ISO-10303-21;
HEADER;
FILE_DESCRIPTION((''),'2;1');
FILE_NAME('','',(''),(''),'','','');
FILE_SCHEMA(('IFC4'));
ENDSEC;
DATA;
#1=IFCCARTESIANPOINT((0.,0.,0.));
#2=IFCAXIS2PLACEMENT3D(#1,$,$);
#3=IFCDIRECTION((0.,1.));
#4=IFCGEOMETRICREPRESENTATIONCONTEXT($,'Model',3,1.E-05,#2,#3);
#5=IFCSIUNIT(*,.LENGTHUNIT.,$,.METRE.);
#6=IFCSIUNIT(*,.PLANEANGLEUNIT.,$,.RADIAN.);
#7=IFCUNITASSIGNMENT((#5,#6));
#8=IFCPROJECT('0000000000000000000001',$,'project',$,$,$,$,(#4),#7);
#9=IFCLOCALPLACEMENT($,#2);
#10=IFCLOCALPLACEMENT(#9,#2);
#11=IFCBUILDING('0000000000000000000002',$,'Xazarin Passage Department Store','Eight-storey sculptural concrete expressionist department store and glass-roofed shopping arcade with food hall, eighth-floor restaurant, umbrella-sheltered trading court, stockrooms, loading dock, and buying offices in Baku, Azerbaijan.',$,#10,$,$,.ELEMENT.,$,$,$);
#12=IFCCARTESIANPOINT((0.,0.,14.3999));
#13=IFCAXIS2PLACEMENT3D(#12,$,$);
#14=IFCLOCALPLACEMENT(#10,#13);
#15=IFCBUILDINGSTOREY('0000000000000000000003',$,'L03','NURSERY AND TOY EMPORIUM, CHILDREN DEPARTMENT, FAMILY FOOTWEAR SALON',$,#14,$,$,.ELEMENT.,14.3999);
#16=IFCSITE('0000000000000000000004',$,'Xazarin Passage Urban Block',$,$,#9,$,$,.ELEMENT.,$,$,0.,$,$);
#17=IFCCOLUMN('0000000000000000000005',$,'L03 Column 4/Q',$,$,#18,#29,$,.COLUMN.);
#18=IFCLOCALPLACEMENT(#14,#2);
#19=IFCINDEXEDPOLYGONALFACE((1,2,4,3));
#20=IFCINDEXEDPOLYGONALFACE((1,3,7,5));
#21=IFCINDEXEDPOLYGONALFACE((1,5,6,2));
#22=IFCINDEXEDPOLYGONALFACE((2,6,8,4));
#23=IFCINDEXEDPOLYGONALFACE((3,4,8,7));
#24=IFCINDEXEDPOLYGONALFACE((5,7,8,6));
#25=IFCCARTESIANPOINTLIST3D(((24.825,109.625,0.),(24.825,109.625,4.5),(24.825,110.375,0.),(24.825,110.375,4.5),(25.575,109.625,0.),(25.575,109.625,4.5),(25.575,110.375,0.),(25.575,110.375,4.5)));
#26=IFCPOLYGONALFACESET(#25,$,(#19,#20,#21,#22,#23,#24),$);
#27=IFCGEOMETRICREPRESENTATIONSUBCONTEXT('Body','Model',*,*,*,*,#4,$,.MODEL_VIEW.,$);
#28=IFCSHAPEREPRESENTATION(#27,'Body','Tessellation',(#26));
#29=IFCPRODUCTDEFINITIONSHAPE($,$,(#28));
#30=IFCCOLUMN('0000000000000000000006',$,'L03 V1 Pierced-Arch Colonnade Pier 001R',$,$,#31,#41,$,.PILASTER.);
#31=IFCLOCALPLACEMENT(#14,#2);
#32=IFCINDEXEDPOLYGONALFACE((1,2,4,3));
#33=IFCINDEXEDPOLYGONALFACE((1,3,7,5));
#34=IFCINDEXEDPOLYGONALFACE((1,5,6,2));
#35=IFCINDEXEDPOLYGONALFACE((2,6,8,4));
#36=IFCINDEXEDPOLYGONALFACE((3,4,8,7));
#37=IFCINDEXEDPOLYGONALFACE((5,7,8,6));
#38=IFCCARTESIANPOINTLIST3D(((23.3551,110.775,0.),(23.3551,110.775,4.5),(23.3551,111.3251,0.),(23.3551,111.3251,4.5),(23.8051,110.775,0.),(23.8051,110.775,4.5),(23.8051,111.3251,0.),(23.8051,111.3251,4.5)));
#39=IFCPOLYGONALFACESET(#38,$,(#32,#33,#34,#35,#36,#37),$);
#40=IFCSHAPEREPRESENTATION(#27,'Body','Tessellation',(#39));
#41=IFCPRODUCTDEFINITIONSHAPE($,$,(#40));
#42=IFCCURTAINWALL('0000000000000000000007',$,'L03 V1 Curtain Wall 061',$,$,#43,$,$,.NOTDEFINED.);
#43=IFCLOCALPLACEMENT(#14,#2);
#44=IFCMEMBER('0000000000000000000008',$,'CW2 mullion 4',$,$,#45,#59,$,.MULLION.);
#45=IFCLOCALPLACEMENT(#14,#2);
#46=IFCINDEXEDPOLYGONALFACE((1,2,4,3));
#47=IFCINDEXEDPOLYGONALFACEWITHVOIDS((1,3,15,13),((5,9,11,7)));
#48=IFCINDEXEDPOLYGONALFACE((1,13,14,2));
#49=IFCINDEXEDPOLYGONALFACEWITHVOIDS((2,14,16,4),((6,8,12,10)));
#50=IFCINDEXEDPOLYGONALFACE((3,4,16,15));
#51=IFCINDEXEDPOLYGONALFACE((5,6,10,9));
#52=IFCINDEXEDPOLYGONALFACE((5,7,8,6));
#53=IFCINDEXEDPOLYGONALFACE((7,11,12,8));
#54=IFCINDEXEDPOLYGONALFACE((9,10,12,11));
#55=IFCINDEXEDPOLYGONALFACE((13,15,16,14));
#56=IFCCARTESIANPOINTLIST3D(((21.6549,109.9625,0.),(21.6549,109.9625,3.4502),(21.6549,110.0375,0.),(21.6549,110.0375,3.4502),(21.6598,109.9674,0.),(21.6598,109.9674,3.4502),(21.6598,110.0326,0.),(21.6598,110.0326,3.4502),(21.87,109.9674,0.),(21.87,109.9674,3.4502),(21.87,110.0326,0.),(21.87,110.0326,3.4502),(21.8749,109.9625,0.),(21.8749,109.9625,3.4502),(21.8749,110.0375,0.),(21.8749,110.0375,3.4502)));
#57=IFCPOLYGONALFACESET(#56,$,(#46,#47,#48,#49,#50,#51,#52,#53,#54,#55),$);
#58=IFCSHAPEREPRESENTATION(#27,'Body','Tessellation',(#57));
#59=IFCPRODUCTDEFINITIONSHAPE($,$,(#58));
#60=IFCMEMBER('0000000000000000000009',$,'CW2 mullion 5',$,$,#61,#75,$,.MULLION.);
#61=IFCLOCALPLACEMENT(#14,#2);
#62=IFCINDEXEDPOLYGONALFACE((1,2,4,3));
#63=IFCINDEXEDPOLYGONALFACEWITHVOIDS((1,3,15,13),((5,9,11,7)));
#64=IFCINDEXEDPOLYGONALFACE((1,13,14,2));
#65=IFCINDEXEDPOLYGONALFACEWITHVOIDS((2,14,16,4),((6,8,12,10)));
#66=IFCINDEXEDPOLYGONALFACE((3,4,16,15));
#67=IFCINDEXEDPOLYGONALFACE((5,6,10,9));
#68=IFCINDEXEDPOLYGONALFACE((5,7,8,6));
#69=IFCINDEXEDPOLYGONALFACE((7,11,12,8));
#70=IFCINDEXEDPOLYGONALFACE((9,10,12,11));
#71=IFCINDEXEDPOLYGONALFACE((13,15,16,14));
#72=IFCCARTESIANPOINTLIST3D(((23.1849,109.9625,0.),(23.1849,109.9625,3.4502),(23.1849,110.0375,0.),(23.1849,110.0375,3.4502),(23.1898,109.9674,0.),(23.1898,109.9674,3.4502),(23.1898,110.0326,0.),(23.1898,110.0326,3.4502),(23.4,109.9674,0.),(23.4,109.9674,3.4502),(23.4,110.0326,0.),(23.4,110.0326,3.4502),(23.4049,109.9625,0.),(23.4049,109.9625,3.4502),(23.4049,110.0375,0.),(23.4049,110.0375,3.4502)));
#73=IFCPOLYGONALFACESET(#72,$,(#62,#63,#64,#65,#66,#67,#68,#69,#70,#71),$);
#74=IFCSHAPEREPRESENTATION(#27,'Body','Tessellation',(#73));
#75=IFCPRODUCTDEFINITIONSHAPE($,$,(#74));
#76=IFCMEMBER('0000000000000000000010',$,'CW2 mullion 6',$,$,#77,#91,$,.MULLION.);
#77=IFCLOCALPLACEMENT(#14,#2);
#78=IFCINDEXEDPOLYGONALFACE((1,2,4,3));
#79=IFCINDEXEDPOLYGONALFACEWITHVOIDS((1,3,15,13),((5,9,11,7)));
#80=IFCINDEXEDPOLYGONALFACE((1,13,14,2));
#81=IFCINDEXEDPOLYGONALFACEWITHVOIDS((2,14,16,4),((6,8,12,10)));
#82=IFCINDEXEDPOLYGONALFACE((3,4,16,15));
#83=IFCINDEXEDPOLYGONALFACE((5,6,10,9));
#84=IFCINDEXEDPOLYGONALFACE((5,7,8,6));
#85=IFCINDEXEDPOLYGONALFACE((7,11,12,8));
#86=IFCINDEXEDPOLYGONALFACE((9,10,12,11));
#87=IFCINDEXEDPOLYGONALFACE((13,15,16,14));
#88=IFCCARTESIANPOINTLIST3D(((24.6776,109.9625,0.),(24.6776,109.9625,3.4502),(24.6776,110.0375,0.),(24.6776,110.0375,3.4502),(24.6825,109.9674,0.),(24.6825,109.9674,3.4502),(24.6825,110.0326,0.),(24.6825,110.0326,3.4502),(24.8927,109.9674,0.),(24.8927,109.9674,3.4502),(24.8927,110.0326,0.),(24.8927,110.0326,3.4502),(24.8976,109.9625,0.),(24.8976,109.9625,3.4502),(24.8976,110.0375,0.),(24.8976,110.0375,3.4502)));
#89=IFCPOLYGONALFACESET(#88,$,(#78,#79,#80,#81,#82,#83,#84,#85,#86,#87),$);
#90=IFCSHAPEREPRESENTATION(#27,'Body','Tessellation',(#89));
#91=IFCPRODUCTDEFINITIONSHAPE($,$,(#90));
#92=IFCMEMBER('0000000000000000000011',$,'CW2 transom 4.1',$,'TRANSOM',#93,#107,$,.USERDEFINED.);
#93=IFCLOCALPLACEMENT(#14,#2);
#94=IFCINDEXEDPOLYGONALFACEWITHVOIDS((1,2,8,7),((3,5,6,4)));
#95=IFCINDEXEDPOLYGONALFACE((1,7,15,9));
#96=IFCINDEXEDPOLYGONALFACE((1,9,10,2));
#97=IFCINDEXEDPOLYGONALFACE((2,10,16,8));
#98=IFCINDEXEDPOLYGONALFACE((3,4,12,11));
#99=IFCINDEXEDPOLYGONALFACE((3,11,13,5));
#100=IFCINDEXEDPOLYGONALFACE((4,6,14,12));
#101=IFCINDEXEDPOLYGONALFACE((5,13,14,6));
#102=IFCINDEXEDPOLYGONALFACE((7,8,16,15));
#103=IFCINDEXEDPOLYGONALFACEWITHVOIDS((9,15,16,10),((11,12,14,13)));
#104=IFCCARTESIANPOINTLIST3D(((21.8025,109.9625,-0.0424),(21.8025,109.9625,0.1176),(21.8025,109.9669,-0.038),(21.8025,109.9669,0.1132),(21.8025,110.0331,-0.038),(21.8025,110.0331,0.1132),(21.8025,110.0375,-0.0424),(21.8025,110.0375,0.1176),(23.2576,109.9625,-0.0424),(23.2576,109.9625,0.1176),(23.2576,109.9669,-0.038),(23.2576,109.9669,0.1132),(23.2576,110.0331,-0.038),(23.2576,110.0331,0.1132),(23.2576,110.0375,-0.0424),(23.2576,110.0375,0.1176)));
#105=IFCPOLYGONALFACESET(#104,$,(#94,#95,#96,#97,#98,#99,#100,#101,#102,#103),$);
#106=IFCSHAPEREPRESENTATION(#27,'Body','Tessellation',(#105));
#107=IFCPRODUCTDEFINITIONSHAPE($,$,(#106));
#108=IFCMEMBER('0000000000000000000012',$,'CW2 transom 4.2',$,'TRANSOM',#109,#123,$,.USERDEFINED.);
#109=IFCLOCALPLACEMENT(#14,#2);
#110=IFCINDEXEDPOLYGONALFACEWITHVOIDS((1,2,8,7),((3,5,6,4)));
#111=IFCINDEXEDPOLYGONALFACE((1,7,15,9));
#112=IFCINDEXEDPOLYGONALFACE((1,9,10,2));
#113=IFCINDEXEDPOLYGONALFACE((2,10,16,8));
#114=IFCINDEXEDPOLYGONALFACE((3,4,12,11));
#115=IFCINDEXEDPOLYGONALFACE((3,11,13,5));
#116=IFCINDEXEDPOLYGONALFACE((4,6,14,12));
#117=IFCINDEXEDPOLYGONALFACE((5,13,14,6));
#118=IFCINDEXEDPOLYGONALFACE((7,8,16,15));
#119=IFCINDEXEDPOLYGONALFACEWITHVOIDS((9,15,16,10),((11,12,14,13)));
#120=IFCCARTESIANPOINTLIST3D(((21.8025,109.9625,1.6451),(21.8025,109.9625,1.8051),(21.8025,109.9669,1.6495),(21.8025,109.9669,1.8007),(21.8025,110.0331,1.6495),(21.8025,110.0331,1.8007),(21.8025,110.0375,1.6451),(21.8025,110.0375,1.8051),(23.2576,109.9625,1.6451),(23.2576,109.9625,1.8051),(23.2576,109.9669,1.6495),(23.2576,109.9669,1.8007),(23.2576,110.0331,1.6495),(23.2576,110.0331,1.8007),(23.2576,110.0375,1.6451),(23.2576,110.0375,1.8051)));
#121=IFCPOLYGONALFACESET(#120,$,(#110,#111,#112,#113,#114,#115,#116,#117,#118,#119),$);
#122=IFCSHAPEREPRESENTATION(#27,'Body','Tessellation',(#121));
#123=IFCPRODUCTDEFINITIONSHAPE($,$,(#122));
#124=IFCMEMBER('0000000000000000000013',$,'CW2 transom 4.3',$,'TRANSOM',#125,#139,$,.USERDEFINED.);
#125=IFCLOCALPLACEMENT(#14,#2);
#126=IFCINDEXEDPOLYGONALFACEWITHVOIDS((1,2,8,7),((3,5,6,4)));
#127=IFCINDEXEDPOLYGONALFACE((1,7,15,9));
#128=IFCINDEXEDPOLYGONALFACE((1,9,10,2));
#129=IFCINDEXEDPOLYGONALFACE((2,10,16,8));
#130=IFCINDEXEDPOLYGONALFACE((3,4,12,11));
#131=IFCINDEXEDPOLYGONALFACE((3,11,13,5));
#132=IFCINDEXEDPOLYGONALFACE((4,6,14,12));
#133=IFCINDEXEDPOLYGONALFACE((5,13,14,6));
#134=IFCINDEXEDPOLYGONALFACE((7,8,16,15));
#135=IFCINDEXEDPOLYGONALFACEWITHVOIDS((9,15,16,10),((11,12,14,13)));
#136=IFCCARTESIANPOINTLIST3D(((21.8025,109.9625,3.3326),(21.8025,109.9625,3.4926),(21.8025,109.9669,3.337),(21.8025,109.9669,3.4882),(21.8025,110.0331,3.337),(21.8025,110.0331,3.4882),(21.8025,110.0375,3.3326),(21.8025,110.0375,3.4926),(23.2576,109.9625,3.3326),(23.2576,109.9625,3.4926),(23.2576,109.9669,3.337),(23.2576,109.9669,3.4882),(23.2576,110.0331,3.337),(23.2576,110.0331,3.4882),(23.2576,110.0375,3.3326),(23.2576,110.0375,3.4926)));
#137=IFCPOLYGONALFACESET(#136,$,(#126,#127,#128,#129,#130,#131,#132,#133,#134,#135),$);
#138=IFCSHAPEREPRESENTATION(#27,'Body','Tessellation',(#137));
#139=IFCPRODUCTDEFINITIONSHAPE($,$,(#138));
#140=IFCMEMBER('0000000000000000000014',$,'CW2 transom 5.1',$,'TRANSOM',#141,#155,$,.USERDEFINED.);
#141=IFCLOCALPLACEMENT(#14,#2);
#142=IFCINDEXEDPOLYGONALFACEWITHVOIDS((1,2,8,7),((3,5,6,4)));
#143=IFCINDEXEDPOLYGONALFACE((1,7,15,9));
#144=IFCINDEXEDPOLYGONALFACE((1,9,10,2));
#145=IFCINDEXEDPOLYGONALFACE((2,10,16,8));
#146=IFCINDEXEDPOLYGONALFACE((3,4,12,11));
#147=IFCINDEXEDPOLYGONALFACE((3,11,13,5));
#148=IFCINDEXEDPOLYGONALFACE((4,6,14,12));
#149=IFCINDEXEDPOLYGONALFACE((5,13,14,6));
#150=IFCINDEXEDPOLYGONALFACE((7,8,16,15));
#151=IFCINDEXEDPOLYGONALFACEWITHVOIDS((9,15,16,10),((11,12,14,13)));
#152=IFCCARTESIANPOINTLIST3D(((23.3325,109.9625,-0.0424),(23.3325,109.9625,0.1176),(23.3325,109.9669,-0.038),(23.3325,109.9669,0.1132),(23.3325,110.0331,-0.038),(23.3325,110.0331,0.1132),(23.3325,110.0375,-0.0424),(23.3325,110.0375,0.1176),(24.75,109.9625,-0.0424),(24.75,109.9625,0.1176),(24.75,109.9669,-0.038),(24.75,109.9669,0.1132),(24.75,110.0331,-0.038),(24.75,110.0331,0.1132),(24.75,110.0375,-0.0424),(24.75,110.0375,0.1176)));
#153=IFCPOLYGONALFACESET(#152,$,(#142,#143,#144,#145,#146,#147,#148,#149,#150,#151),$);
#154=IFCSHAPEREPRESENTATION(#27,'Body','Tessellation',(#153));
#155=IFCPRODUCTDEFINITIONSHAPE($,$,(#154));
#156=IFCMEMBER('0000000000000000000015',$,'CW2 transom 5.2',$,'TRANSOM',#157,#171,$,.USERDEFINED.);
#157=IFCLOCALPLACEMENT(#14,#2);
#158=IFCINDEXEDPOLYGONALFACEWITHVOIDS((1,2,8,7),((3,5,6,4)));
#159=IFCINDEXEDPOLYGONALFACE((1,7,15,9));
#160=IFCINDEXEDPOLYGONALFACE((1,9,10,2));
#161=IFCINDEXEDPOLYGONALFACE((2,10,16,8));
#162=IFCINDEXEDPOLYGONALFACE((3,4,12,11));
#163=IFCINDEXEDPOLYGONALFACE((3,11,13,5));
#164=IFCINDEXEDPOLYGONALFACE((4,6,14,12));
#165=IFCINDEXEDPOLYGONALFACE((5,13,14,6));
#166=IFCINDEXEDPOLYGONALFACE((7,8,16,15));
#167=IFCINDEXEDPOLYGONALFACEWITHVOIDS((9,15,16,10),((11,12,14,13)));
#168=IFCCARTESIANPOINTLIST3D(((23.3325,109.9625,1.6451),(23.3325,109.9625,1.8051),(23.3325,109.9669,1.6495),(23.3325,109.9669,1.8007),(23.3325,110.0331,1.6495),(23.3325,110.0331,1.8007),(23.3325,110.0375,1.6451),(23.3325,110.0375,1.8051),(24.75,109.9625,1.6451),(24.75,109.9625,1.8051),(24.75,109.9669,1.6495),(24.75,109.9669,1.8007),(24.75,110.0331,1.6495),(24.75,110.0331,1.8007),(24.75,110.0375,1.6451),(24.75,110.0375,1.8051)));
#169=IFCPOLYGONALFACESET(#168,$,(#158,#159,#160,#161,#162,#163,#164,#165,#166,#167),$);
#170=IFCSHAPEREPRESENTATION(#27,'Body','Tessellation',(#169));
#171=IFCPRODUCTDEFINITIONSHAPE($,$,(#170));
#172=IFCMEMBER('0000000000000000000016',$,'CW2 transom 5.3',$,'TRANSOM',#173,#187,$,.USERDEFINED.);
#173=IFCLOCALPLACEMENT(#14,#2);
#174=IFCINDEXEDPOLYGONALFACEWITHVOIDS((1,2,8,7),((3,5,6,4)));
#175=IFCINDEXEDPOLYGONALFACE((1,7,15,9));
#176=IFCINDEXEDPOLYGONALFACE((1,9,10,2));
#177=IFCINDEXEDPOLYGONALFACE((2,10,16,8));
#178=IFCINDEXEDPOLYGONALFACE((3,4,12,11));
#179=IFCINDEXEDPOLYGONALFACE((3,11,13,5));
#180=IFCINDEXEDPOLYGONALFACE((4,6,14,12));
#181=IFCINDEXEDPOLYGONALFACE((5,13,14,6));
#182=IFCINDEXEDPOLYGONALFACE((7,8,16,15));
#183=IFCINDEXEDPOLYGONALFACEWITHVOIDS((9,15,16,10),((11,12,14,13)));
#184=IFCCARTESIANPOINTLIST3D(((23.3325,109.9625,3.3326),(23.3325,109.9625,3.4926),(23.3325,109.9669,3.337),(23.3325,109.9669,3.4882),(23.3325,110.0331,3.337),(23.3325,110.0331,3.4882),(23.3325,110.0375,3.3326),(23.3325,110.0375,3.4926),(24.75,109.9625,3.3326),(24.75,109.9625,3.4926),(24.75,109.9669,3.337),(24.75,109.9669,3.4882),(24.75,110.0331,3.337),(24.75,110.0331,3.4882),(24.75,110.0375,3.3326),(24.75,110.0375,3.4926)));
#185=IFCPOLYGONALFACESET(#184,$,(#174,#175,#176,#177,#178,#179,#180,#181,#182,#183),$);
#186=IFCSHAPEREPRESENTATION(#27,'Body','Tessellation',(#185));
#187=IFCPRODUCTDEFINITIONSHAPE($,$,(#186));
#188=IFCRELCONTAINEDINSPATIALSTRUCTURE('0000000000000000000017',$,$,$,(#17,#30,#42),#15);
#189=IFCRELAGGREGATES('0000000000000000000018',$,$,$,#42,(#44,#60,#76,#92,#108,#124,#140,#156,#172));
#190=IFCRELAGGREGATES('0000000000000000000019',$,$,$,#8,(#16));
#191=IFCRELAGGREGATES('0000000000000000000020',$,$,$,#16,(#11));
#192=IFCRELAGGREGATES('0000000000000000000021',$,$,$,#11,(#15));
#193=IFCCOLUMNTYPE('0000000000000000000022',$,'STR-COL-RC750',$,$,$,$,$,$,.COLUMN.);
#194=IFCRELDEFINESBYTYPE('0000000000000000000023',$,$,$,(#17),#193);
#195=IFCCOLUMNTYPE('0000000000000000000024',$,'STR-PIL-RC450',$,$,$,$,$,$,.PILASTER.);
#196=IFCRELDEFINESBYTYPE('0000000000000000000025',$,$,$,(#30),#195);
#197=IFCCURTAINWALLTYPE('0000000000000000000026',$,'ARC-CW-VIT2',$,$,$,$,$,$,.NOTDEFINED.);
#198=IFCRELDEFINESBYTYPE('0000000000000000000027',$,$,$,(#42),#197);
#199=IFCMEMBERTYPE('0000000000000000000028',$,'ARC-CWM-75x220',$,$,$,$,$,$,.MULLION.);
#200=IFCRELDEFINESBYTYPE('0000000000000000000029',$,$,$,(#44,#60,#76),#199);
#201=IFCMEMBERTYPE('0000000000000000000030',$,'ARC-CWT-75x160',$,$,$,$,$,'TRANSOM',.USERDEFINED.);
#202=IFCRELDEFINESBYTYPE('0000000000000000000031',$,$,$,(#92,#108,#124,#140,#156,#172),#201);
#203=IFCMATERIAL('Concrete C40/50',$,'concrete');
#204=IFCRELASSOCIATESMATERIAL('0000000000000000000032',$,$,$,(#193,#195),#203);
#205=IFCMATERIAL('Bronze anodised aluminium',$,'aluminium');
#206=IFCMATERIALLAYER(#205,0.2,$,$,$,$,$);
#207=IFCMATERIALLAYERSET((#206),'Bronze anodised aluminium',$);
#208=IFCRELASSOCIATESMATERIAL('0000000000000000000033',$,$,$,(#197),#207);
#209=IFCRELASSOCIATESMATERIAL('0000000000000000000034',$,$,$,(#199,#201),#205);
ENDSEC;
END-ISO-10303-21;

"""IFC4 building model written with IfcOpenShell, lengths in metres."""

from ifc_helpers import new_model, si_unit, direction, frame, origin, origin_2d, place, context, subcontext, project, spatial, rectangle, hollow_rectangle, extrude, material, layer, layer_set, material_profile, profile_set, type_object, element, aggregate, save


model = new_model("IFC4")

# Units and contexts
model_context = context("Model", 3, precision=1e-05, world=origin(), true_north=direction((0.0, 1.0)))
body_context = subcontext(model_context, "Body", "Model", "MODEL_VIEW")
ifc_project = project(units=[si_unit("LENGTHUNIT", "METRE"), si_unit("PLANEANGLEUNIT", "RADIAN")], contexts=[model_context])

# Site, building, storey
site_placement = place(None, origin())
site = spatial("IfcSite", under=ifc_project, at=site_placement, Name="Xazarin Passage Urban Block", CompositionType="ELEMENT", RefElevation=0.0)
building_placement = place(site_placement, origin())
building = spatial("IfcBuilding", under=site, at=building_placement, Name="Xazarin Passage Department Store", Description="Eight-storey sculptural concrete expressionist department store and glass-roofed shopping arcade with food hall, eighth-floor restaurant, umbrella-sheltered trading court, stockrooms, loading dock, and buying offices in Baku, Azerbaijan.", CompositionType="ELEMENT")
storey_placement = place(building_placement, frame((0.0, 0.0, 14.3999)))
storey = spatial("IfcBuildingStorey", under=building, at=storey_placement, Name="L03", Description="NURSERY AND TOY EMPORIUM, CHILDREN DEPARTMENT, FAMILY FOOTWEAR SALON", CompositionType="ELEMENT", Elevation=14.3999)

# Columns
ifc_material_1 = material(Name="Concrete C40/50", Category="concrete")
ifc_material_profile_1 = material_profile(ifc_material_1, rectangle(XDim=0.75, YDim=0.75, at=origin_2d()), Name="RC 750x750")
ifc_profile_set_1 = profile_set([ifc_material_profile_1], Name="Concrete C40/50")
column_type_1 = type_object("IfcColumnType", Name="STR-COL-RC750", PredefinedType="COLUMN", material=ifc_profile_set_1)
column_1_placement = place(storey_placement, frame((25.2, 110.0, 0.0), z_axis=(0.0, 0.0, 1.0), x_axis=(1.0, 0.0, 0.0)))
element("IfcColumn", 1, at=column_1_placement, inside=storey, type_object=column_type_1, Name="L03 Column 4/Q", PredefinedType="COLUMN", context=body_context, shape_type="SweptSolid", body=[
    extrude(rectangle(XDim=0.75, YDim=0.75, at=origin_2d()), origin(), (0.0, 0.0, 1.0), 4.5),
])
ifc_material_profile_2 = material_profile(ifc_material_1, rectangle(XDim=0.45, YDim=0.55, at=origin_2d()), Name="RC 450x550")
ifc_profile_set_2 = profile_set([ifc_material_profile_2], Name="Concrete C40/50")
column_type_2 = type_object("IfcColumnType", Name="STR-PIL-RC450", PredefinedType="PILASTER", material=ifc_profile_set_2)
column_2_placement = place(storey_placement, frame((23.5801, 111.05, 0.0), z_axis=(0.0, 0.0, 1.0), x_axis=(1.0, 0.0, 0.0)))
element("IfcColumn", 2, at=column_2_placement, inside=storey, type_object=column_type_2, Name="L03 V1 Pierced-Arch Colonnade Pier 001R", PredefinedType="PILASTER", context=body_context, shape_type="SweptSolid", body=[
    extrude(rectangle(XDim=0.45, YDim=0.55, at=origin_2d()), origin(), (0.0, 0.0, 1.0), 4.5),
])

# Curtain wall, members
ifc_material_2 = material(Name="Bronze anodised aluminium", Category="aluminium")
ifc_layer_1 = layer(ifc_material_2, 0.2)
ifc_layer_set_1 = layer_set([ifc_layer_1], Name="Bronze anodised aluminium")
curtain_wall_type = type_object("IfcCurtainWallType", Name="ARC-CW-VIT2", PredefinedType="NOTDEFINED", material=ifc_layer_set_1)
curtain_wall_placement = place(storey_placement, origin())
curtain_wall = element("IfcCurtainWall", 3, at=curtain_wall_placement, inside=storey, type_object=curtain_wall_type, Name="L03 V1 Curtain Wall 061", PredefinedType="NOTDEFINED")
ifc_material_profile_3 = material_profile(ifc_material_2, hollow_rectangle(XDim=0.075, YDim=0.22, WallThickness=0.0049, at=origin_2d()), Name="ALU 75x220")
ifc_profile_set_3 = profile_set([ifc_material_profile_3], Name="Bronze anodised aluminium")
member_type_1 = type_object("IfcMemberType", Name="ARC-CWM-75x220", PredefinedType="MULLION", material=ifc_profile_set_3)
member_1_placement = place(storey_placement, frame((21.7649, 110.0, 0.0), z_axis=(0.0, 0.0, 1.0), x_axis=(0.0, 1.0, 0.0)))
member_1 = element("IfcMember", 4, at=member_1_placement, type_object=member_type_1, Name="CW2 mullion 4", PredefinedType="MULLION", context=body_context, shape_type="SweptSolid", body=[
    extrude(hollow_rectangle(XDim=0.075, YDim=0.22, WallThickness=0.0049, at=origin_2d()), origin(), (0.0, 0.0, 1.0), 3.4502),
])
member_2_placement = place(storey_placement, frame((23.2949, 110.0, 0.0), z_axis=(0.0, 0.0, 1.0), x_axis=(0.0, 1.0, 0.0)))
member_2 = element("IfcMember", 5, at=member_2_placement, type_object=member_type_1, Name="CW2 mullion 5", PredefinedType="MULLION", context=body_context, shape_type="SweptSolid", body=[
    extrude(hollow_rectangle(XDim=0.075, YDim=0.22, WallThickness=0.0049, at=origin_2d()), origin(), (0.0, 0.0, 1.0), 3.4502),
])
member_3_placement = place(storey_placement, frame((24.7876, 110.0, 0.0), z_axis=(0.0, 0.0, 1.0), x_axis=(0.0, 1.0, 0.0)))
member_3 = element("IfcMember", 6, at=member_3_placement, type_object=member_type_1, Name="CW2 mullion 6", PredefinedType="MULLION", context=body_context, shape_type="SweptSolid", body=[
    extrude(hollow_rectangle(XDim=0.075, YDim=0.22, WallThickness=0.0049, at=origin_2d()), origin(), (0.0, 0.0, 1.0), 3.4502),
])
ifc_material_profile_4 = material_profile(ifc_material_2, hollow_rectangle(XDim=0.075, YDim=0.1599, WallThickness=0.0044, at=origin_2d()), Name="ALU 75x160")
ifc_profile_set_4 = profile_set([ifc_material_profile_4], Name="Bronze anodised aluminium")
member_type_2 = type_object("IfcMemberType", Name="ARC-CWT-75x160", ElementType="TRANSOM", PredefinedType="USERDEFINED", material=ifc_profile_set_4)
member_4_placement = place(storey_placement, frame((21.8025, 110.0, 0.0376), z_axis=(1.0, 0.0, 0.0), x_axis=(0.0, 1.0, 0.0)))
member_4 = element("IfcMember", 7, at=member_4_placement, type_object=member_type_2, Name="CW2 transom 4.1", ObjectType="TRANSOM", PredefinedType="USERDEFINED", context=body_context, shape_type="SweptSolid", body=[
    extrude(hollow_rectangle(XDim=0.075, YDim=0.1599, WallThickness=0.0044, at=origin_2d()), origin(), (0.0, 0.0, 1.0), 1.4551),
])
member_5_placement = place(storey_placement, frame((21.8025, 110.0, 1.7251), z_axis=(1.0, 0.0, 0.0), x_axis=(0.0, 1.0, 0.0)))
member_5 = element("IfcMember", 8, at=member_5_placement, type_object=member_type_2, Name="CW2 transom 4.2", ObjectType="TRANSOM", PredefinedType="USERDEFINED", context=body_context, shape_type="SweptSolid", body=[
    extrude(hollow_rectangle(XDim=0.075, YDim=0.1599, WallThickness=0.0044, at=origin_2d()), origin(), (0.0, 0.0, 1.0), 1.4551),
])
member_6_placement = place(storey_placement, frame((21.8025, 110.0, 3.4126), z_axis=(1.0, 0.0, 0.0), x_axis=(0.0, 1.0, 0.0)))
member_6 = element("IfcMember", 9, at=member_6_placement, type_object=member_type_2, Name="CW2 transom 4.3", ObjectType="TRANSOM", PredefinedType="USERDEFINED", context=body_context, shape_type="SweptSolid", body=[
    extrude(hollow_rectangle(XDim=0.075, YDim=0.1599, WallThickness=0.0044, at=origin_2d()), origin(), (0.0, 0.0, 1.0), 1.4551),
])
member_7_placement = place(storey_placement, frame((23.3325, 110.0, 0.0376), z_axis=(1.0, 0.0, 0.0), x_axis=(0.0, 1.0, 0.0)))
member_7 = element("IfcMember", 10, at=member_7_placement, type_object=member_type_2, Name="CW2 transom 5.1", ObjectType="TRANSOM", PredefinedType="USERDEFINED", context=body_context, shape_type="SweptSolid", body=[
    extrude(hollow_rectangle(XDim=0.075, YDim=0.1599, WallThickness=0.0044, at=origin_2d()), origin(), (0.0, 0.0, 1.0), 1.4175),
])
member_8_placement = place(storey_placement, frame((23.3325, 110.0, 1.7251), z_axis=(1.0, 0.0, 0.0), x_axis=(0.0, 1.0, 0.0)))
member_8 = element("IfcMember", 11, at=member_8_placement, type_object=member_type_2, Name="CW2 transom 5.2", ObjectType="TRANSOM", PredefinedType="USERDEFINED", context=body_context, shape_type="SweptSolid", body=[
    extrude(hollow_rectangle(XDim=0.075, YDim=0.1599, WallThickness=0.0044, at=origin_2d()), origin(), (0.0, 0.0, 1.0), 1.4175),
])
member_9_placement = place(storey_placement, frame((23.3325, 110.0, 3.4126), z_axis=(1.0, 0.0, 0.0), x_axis=(0.0, 1.0, 0.0)))
member_9 = element("IfcMember", 12, at=member_9_placement, type_object=member_type_2, Name="CW2 transom 5.3", ObjectType="TRANSOM", PredefinedType="USERDEFINED", context=body_context, shape_type="SweptSolid", body=[
    extrude(hollow_rectangle(XDim=0.075, YDim=0.1599, WallThickness=0.0044, at=origin_2d()), origin(), (0.0, 0.0, 1.0), 1.4175),
])

aggregate(curtain_wall, [member_1, member_2, member_3, member_4, member_5, member_6, member_7, member_8, member_9])

save(model, "model.ifc")
